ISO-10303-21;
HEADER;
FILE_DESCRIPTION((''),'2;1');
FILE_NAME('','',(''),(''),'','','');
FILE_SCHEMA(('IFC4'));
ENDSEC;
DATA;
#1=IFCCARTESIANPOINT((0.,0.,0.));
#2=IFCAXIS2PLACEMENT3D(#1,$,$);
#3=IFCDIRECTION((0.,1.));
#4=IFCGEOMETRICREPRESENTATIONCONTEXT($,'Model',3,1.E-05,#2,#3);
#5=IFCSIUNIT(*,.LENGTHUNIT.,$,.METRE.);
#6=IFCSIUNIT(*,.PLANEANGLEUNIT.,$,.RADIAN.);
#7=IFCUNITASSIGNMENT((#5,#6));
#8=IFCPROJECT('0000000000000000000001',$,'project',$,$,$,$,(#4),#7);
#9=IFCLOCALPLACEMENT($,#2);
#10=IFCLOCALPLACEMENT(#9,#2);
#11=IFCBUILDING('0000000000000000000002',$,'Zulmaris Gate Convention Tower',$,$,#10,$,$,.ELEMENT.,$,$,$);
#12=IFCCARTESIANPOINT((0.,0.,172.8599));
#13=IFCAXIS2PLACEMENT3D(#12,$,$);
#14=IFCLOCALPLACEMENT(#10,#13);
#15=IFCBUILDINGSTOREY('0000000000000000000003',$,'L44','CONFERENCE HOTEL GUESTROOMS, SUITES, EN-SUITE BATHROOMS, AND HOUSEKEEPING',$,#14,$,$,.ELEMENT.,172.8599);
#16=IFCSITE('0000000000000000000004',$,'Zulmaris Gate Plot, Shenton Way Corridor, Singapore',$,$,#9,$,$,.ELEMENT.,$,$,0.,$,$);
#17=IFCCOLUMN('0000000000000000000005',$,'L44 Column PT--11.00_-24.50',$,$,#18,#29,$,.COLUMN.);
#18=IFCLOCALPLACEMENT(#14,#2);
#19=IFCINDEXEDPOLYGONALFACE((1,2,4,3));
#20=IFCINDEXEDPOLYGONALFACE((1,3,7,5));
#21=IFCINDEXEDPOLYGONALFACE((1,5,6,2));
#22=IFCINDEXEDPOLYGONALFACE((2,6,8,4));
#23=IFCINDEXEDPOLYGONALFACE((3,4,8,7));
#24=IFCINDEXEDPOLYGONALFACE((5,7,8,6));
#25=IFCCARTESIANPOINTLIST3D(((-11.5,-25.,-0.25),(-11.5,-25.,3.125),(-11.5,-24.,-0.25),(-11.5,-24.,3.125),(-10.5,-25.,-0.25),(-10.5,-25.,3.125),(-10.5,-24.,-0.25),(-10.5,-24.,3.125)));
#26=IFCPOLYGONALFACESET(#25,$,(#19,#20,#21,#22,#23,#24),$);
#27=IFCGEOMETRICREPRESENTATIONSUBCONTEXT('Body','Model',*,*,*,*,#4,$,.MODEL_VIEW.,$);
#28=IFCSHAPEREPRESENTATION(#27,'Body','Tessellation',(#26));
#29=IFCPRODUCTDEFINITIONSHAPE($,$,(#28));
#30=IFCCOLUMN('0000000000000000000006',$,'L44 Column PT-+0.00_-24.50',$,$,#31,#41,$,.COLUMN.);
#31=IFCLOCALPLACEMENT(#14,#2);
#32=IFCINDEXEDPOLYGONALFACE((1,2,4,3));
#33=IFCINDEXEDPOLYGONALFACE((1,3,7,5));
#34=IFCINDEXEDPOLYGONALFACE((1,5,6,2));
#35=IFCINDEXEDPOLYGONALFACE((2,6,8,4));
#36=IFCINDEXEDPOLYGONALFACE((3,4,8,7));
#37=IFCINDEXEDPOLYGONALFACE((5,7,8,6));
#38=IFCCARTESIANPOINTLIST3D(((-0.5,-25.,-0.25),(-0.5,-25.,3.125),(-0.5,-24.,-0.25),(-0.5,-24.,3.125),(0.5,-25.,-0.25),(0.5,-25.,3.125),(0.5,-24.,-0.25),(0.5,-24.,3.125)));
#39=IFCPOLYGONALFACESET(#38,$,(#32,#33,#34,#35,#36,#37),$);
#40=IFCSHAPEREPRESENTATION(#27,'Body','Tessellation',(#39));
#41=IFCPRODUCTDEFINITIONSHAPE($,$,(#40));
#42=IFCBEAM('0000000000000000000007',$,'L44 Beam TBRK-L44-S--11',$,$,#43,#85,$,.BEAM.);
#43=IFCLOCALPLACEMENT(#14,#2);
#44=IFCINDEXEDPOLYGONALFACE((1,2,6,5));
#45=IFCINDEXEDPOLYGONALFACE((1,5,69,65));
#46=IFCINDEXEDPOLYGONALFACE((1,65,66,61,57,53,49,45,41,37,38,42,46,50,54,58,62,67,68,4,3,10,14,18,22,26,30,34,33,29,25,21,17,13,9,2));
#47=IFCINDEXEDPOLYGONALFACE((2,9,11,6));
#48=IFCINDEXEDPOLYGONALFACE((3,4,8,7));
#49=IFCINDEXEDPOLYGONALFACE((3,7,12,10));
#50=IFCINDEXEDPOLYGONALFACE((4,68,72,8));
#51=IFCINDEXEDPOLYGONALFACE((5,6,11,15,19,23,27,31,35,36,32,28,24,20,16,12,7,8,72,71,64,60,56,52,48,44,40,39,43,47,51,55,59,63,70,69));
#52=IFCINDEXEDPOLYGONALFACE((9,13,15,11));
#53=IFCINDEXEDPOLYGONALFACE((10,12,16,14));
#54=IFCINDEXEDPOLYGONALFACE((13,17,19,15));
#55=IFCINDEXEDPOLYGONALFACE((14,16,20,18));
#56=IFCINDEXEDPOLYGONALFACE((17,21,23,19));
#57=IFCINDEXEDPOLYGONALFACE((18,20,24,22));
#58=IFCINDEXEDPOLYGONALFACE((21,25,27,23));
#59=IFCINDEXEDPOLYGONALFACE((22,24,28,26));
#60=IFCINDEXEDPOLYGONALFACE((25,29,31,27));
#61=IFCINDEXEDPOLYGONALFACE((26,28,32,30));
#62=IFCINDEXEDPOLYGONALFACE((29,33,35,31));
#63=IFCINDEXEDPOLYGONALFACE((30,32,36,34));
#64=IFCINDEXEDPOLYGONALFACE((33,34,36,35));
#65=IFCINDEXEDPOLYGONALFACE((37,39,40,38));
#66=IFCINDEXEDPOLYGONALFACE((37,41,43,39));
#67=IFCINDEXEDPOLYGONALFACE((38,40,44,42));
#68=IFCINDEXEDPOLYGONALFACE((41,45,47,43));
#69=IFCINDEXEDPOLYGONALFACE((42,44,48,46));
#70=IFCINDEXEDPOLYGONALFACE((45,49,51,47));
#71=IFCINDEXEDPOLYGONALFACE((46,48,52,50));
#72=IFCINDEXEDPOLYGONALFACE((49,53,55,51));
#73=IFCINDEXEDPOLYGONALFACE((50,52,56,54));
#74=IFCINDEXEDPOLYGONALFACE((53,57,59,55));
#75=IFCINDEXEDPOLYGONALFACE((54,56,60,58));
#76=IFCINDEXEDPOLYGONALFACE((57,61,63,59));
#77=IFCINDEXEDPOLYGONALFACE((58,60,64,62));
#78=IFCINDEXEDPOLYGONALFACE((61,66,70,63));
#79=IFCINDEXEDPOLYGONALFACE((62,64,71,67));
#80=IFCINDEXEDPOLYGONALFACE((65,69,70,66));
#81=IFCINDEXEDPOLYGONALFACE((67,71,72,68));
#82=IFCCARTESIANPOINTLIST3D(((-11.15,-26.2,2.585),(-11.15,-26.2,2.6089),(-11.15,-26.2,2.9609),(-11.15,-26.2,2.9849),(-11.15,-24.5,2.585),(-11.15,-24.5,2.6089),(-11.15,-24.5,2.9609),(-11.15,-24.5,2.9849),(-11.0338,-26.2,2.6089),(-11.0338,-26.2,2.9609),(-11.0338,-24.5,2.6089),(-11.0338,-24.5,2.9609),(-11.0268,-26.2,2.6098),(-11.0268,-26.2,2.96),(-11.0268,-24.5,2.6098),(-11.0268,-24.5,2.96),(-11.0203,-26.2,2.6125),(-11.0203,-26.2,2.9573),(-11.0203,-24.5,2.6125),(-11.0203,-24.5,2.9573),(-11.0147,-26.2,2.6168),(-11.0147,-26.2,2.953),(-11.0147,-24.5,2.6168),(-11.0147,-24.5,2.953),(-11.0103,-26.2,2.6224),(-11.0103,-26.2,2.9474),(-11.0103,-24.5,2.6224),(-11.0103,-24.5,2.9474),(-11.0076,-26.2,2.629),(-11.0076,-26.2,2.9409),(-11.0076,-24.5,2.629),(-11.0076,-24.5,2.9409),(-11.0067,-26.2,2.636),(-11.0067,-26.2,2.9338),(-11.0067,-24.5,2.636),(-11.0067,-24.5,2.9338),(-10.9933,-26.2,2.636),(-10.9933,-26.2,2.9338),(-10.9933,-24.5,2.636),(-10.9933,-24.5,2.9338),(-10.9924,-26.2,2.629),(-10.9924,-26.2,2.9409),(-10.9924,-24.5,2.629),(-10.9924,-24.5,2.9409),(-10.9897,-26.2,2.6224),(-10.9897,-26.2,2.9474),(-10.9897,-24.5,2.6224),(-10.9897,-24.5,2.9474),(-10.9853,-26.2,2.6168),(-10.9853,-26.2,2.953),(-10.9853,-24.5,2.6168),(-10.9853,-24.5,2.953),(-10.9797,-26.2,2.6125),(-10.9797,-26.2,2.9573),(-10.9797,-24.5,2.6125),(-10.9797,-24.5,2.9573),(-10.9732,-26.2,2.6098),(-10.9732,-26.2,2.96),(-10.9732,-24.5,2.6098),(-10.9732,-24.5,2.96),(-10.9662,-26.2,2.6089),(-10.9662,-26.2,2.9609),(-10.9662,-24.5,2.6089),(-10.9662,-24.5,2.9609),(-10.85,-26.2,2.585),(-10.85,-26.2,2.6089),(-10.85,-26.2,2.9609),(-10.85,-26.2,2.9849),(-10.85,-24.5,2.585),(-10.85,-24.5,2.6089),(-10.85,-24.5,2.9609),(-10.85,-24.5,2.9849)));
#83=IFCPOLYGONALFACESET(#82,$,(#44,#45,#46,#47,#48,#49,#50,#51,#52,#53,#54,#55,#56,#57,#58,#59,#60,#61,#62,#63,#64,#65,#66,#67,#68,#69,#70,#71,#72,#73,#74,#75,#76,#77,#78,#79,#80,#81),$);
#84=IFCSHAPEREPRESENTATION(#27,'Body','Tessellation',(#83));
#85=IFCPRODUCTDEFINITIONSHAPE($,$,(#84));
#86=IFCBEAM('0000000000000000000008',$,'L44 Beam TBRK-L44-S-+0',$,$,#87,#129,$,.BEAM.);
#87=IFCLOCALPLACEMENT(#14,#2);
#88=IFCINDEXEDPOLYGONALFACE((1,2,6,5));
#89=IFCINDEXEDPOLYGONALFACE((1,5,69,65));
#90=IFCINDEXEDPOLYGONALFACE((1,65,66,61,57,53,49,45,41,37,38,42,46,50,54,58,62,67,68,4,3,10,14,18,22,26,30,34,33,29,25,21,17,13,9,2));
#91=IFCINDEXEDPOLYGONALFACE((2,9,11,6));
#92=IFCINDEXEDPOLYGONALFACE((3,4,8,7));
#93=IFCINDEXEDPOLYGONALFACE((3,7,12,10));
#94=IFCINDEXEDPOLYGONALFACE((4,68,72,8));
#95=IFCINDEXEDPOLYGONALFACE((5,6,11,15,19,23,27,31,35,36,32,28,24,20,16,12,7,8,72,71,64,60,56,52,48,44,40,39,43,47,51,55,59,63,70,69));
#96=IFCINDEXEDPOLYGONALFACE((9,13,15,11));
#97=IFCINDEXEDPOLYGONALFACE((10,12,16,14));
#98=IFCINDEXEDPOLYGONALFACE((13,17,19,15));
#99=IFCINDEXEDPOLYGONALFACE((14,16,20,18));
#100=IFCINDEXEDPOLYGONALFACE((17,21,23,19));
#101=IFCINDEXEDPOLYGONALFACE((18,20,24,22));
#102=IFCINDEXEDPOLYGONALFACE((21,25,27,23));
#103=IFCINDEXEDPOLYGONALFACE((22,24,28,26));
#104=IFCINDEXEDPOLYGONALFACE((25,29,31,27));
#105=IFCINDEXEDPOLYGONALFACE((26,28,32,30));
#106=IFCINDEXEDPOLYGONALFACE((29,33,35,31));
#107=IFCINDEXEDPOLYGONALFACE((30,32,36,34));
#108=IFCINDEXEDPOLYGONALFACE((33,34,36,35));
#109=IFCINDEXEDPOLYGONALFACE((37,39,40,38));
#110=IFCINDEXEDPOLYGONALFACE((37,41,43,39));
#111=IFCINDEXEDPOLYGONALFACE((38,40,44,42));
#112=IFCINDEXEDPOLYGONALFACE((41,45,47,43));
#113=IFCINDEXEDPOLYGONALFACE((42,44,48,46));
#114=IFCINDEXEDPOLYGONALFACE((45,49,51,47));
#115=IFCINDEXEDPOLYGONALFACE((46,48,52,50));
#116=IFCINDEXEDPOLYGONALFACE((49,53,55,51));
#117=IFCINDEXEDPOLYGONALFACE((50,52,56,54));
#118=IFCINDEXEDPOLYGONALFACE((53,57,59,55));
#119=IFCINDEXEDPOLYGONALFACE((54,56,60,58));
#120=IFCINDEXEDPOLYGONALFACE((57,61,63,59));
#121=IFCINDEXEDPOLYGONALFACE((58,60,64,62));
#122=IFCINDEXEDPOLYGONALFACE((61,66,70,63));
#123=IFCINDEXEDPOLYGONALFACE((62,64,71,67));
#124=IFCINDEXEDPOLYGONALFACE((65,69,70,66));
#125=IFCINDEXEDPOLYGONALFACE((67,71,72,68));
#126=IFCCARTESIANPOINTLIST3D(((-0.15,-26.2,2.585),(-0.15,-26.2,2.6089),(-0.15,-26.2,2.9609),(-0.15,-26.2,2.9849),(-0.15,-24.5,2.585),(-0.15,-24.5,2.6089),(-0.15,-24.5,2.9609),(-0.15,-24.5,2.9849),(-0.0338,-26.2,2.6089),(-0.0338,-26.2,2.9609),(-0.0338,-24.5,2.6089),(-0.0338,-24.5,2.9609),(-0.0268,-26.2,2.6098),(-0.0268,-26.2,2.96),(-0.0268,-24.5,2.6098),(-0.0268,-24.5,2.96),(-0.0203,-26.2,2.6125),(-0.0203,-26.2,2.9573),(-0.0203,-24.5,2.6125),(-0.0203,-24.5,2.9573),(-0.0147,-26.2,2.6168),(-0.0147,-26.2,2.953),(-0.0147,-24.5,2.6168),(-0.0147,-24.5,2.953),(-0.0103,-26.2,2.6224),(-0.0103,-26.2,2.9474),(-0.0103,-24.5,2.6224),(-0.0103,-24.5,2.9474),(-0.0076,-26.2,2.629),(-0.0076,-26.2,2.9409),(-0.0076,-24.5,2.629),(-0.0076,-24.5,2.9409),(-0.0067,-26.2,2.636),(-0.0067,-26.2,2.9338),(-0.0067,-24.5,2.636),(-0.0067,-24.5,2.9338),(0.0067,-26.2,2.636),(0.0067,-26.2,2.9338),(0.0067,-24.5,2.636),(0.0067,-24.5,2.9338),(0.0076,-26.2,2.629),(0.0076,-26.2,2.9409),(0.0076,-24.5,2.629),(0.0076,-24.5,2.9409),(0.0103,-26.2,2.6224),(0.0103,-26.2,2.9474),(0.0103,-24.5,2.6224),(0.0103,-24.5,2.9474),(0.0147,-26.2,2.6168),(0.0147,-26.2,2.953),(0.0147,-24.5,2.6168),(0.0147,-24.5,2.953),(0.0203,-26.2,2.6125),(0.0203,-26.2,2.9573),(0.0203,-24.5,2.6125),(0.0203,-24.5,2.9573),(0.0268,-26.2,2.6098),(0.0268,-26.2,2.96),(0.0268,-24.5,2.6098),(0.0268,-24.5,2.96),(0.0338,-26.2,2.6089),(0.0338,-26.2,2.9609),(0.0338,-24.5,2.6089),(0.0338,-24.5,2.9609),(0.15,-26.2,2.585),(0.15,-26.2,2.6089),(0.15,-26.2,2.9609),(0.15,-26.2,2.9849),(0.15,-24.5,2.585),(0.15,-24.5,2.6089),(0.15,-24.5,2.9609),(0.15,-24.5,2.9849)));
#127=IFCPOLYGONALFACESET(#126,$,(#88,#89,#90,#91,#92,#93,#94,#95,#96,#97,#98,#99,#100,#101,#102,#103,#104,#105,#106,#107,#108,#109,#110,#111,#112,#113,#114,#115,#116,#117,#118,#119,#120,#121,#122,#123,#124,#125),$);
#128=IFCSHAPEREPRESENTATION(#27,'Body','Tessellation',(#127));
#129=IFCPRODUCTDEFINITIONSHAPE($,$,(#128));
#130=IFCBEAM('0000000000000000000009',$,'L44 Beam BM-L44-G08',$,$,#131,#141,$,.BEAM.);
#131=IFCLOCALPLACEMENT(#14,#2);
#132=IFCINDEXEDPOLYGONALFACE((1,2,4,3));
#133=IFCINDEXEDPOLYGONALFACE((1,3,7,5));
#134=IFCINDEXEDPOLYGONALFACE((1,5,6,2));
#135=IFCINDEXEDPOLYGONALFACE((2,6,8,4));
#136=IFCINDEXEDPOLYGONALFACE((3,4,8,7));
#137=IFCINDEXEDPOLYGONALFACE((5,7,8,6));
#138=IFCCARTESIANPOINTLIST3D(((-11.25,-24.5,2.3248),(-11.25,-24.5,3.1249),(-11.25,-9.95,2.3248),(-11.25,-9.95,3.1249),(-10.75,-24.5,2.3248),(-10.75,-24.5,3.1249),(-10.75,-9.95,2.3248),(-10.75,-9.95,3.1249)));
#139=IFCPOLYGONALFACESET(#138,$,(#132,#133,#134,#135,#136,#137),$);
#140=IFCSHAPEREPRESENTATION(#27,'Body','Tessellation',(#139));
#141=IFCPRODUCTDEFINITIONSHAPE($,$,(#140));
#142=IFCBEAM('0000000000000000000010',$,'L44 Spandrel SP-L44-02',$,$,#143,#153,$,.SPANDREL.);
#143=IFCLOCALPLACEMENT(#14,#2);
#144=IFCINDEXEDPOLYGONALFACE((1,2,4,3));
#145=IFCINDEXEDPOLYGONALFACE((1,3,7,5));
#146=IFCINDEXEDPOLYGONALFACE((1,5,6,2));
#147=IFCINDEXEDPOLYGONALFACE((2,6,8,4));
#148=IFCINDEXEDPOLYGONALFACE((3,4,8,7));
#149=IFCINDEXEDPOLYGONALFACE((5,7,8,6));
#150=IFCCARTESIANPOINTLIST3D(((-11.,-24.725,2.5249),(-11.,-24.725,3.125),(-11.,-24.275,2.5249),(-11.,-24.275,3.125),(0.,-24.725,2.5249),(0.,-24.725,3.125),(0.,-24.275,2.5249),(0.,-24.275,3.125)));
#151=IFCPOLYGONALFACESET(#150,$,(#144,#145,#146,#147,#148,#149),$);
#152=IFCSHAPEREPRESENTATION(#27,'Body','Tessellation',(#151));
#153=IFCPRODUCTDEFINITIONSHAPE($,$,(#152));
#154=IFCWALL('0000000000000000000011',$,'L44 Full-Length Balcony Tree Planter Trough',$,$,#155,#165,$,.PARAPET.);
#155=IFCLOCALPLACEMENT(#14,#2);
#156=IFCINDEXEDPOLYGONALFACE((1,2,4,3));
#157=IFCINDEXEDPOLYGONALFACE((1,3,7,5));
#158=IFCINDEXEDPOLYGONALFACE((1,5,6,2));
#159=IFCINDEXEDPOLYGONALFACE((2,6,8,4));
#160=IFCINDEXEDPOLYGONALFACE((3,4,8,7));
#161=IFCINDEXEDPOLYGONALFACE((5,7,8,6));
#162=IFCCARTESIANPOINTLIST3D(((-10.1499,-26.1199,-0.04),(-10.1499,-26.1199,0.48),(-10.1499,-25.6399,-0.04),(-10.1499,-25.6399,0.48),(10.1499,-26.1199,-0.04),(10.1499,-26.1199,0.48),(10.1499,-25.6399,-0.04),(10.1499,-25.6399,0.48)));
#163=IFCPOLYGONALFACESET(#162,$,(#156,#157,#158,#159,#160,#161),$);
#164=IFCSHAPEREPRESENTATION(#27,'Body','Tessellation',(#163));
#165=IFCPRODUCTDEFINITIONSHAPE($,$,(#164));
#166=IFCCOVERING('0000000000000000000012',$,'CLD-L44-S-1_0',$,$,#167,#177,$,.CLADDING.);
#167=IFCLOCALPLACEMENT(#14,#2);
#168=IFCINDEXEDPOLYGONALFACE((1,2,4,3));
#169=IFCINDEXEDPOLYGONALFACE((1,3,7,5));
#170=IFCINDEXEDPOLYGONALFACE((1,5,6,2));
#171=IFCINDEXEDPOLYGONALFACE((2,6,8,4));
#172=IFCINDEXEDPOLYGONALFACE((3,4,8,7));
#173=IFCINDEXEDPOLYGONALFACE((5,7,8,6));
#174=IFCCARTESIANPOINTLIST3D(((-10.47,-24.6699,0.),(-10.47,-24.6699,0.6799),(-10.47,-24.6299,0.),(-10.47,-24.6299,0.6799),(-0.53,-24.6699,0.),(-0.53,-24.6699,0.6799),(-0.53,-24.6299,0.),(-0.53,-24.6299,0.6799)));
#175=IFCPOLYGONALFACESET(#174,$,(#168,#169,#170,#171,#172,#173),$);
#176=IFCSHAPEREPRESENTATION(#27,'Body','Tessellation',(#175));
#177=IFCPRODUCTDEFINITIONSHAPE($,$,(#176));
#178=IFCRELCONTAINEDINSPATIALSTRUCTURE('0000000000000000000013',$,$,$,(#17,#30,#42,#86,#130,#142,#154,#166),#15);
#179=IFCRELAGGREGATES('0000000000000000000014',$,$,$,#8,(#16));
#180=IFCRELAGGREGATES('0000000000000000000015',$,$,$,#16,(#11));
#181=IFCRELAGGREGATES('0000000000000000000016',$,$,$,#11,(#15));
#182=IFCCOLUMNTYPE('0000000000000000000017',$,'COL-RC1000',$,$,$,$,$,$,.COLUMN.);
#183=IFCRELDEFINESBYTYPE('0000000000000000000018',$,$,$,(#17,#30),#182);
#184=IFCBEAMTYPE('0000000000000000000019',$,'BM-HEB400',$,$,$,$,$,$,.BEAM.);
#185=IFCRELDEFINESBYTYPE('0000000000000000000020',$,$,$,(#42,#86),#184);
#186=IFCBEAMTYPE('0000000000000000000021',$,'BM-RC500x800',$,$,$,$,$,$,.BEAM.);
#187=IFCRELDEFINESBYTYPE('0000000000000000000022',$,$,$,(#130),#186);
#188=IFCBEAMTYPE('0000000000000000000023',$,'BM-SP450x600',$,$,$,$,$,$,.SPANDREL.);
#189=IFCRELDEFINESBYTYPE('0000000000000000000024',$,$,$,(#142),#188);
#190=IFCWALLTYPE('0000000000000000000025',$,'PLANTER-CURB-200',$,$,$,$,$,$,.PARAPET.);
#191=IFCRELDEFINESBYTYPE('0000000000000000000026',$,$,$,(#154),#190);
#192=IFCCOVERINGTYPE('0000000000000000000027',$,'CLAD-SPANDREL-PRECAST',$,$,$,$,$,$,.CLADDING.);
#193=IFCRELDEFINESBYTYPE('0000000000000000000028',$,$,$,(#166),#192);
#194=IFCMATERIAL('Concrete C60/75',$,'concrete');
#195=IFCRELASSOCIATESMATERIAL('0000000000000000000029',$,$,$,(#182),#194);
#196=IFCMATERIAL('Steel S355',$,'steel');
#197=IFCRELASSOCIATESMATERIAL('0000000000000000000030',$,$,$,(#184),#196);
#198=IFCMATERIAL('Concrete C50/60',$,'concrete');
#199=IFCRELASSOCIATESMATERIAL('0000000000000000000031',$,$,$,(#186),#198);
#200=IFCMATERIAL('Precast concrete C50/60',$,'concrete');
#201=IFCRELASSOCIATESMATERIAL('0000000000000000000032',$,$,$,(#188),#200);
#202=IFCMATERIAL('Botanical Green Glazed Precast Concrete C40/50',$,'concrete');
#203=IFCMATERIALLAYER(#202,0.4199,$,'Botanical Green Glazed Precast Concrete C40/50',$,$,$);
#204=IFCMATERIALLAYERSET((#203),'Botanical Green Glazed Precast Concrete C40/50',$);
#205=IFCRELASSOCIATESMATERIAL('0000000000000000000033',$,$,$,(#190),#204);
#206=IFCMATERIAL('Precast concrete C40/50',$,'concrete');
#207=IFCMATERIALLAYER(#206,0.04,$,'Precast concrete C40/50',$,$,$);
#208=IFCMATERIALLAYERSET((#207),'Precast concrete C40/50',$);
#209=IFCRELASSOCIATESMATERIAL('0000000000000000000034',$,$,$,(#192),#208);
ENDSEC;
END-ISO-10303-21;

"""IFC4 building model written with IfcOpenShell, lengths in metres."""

from ifc_helpers import new_model, si_unit, direction, frame, frame_2d, origin, origin_2d, place, context, subcontext, project, spatial, rectangle, i_section, extrude, material, layer, layer_set, material_profile, profile_set, type_object, element, save


model = new_model("IFC4")

# Units and contexts
model_context = context("Model", 3, precision=1e-05, world=origin(), true_north=direction((0.0, 1.0)))
body_context = subcontext(model_context, "Body", "Model", "MODEL_VIEW")
ifc_project = project(units=[si_unit("LENGTHUNIT", "METRE"), si_unit("PLANEANGLEUNIT", "RADIAN")], contexts=[model_context])

# Site, building, storey
site_placement = place(None, origin())
site = spatial("IfcSite", under=ifc_project, at=site_placement, Name="Zulmaris Gate Plot, Shenton Way Corridor, Singapore", CompositionType="ELEMENT", RefElevation=0.0)
building_placement = place(site_placement, origin())
building = spatial("IfcBuilding", under=site, at=building_placement, Name="Zulmaris Gate Convention Tower", CompositionType="ELEMENT")
storey_placement = place(building_placement, frame((0.0, 0.0, 172.8599)))
storey = spatial("IfcBuildingStorey", under=building, at=storey_placement, Name="L44", Description="CONFERENCE HOTEL GUESTROOMS, SUITES, EN-SUITE BATHROOMS, AND HOUSEKEEPING", CompositionType="ELEMENT", Elevation=172.8599)

# Columns
ifc_material_1 = material(Name="Concrete C60/75", Category="concrete")
ifc_material_profile_1 = material_profile(ifc_material_1, rectangle(XDim=1.0, YDim=1.0, at=origin_2d()), Name="RC COL 1000x1000")
ifc_profile_set_1 = profile_set([ifc_material_profile_1], Name="Concrete C60/75")
column_type = type_object("IfcColumnType", Name="COL-RC1000", PredefinedType="COLUMN", material=ifc_profile_set_1)
for number, where, z_axis, x_axis, name in (
    (1, (-11.0, -24.5, -0.25), (0.0, 0.0, 1.0), (1.0, 0.0, 0.0), "L44 Column PT--11.00_-24.50"),
    (2, (0.0, -24.5, -0.25), (0.0, 0.0, 1.0), (1.0, 0.0, 0.0), "L44 Column PT-+0.00_-24.50"),
):
    element("IfcColumn", number, at=place(storey_placement, frame(where, z_axis=z_axis, x_axis=x_axis)), inside=storey, type_object=column_type, Name=name, PredefinedType="COLUMN", context=body_context, shape_type="SweptSolid", body=[
        extrude(rectangle(XDim=1.0, YDim=1.0, at=origin_2d()), origin(), (0.0, 0.0, 1.0), 3.375),
    ])

# Beams
ifc_material_2 = material(Name="Steel S355", Category="steel")
ifc_material_profile_2 = material_profile(ifc_material_2, i_section(OverallWidth=0.3, OverallDepth=0.3999, WebThickness=0.0134, FlangeThickness=0.0239, FilletRadius=0.0271, at=origin_2d()), Name="HEB 400")
ifc_profile_set_2 = profile_set([ifc_material_profile_2], Name="Steel S355")
beam_type_1 = type_object("IfcBeamType", Name="BM-HEB400", PredefinedType="BEAM", material=ifc_profile_set_2)
for number, where, z_axis, x_axis, name in (
    (3, (-11.0, -26.2, 2.7849), (0.0, 1.0, 0.0), (-1.0, 0.0, 0.0), "L44 Beam TBRK-L44-S--11"),
    (4, (0.0, -26.2, 2.7849), (0.0, 1.0, 0.0), (-1.0, 0.0, 0.0), "L44 Beam TBRK-L44-S-+0"),
):
    element("IfcBeam", number, at=place(storey_placement, frame(where, z_axis=z_axis, x_axis=x_axis)), inside=storey, type_object=beam_type_1, Name=name, PredefinedType="BEAM", context=body_context, shape_type="SweptSolid", body=[
        extrude(i_section(OverallWidth=0.3, OverallDepth=0.3999, WebThickness=0.0134, FlangeThickness=0.0239, FilletRadius=0.0271, at=origin_2d()), origin(), (0.0, 0.0, 1.0), 1.7),
    ])
ifc_material_3 = material(Name="Concrete C50/60", Category="concrete")
ifc_material_profile_3 = material_profile(ifc_material_3, rectangle(XDim=0.5, YDim=0.8, at=origin_2d()), Name="RC BEAM 500x800")
ifc_profile_set_3 = profile_set([ifc_material_profile_3], Name="Concrete C50/60")
beam_type_2 = type_object("IfcBeamType", Name="BM-RC500x800", PredefinedType="BEAM", material=ifc_profile_set_3)
beam_1_placement = place(storey_placement, frame((-11.0, -24.5, 2.7249), z_axis=(0.0, 1.0, 0.0), x_axis=(-1.0, 0.0, 0.0)))
element("IfcBeam", 5, at=beam_1_placement, inside=storey, type_object=beam_type_2, Name="L44 Beam BM-L44-G08", PredefinedType="BEAM", context=body_context, shape_type="SweptSolid", body=[
    extrude(rectangle(XDim=0.5, YDim=0.8, at=origin_2d()), origin(), (0.0, 0.0, 1.0), 14.55),
])
ifc_material_4 = material(Name="Precast concrete C50/60", Category="concrete")
ifc_material_profile_4 = material_profile(ifc_material_4, rectangle(XDim=0.45, YDim=0.6001, at=origin_2d()), Name="RC SPANDREL 450x600")
ifc_profile_set_4 = profile_set([ifc_material_profile_4], Name="Precast concrete C50/60")
beam_type_3 = type_object("IfcBeamType", Name="BM-SP450x600", PredefinedType="SPANDREL", material=ifc_profile_set_4)
beam_2_placement = place(storey_placement, frame((-11.0, -24.5, 2.825), z_axis=(1.0, 0.0, 0.0), x_axis=(0.0, 1.0, 0.0)))
element("IfcBeam", 6, at=beam_2_placement, inside=storey, type_object=beam_type_3, Name="L44 Spandrel SP-L44-02", PredefinedType="SPANDREL", context=body_context, shape_type="SweptSolid", body=[
    extrude(rectangle(XDim=0.45, YDim=0.6001, at=origin_2d()), origin(), (0.0, 0.0, 1.0), 11.0),
])

# Wall
ifc_material_5 = material(Name="Botanical Green Glazed Precast Concrete C40/50", Category="concrete")
ifc_layer_1 = layer(ifc_material_5, 0.4199, Name="Botanical Green Glazed Precast Concrete C40/50")
ifc_layer_set_1 = layer_set([ifc_layer_1], Name="Botanical Green Glazed Precast Concrete C40/50")
wall_type_1 = type_object("IfcWallType", Name="PLANTER-CURB-200", PredefinedType="PARAPET", material=ifc_layer_set_1)
wall_1_placement = place(storey_placement, frame((-10.1499, -25.8799, -0.04), z_axis=(0.0, 0.0, 1.0), x_axis=(1.0, 0.0, 0.0)))
element("IfcWall", 7, at=wall_1_placement, inside=storey, type_object=wall_type_1, Name="L44 Full-Length Balcony Tree Planter Trough", PredefinedType="PARAPET", context=body_context, shape_type="SweptSolid", body=[
    extrude(rectangle(XDim=20.2998, YDim=0.48, at=frame_2d((10.1499, 0.0))), origin(), (0.0, 0.0, 1.0), 0.52),
])

# Shared definitions
ifc_material_6 = material(Name="Precast concrete C40/50", Category="concrete")

# Covering
ifc_layer_2 = layer(ifc_material_6, 0.04, Name="Precast concrete C40/50")
ifc_layer_set_2 = layer_set([ifc_layer_2], Name="Precast concrete C40/50")
covering_type = type_object("IfcCoveringType", Name="CLAD-SPANDREL-PRECAST", PredefinedType="CLADDING", material=ifc_layer_set_2)
covering_placement = place(storey_placement, frame((-10.47, -24.6499, 0.0), z_axis=(0.0, 0.0, 1.0), x_axis=(1.0, 0.0, 0.0)))
element("IfcCovering", 8, at=covering_placement, inside=storey, type_object=covering_type, Name="CLD-L44-S-1_0", PredefinedType="CLADDING", context=body_context, shape_type="SweptSolid", body=[
    extrude(rectangle(XDim=9.9399, YDim=0.04, at=frame_2d((4.97, 0.0))), origin(), (0.0, 0.0, 1.0), 0.6799),
])

save(model, "model.ifc")
